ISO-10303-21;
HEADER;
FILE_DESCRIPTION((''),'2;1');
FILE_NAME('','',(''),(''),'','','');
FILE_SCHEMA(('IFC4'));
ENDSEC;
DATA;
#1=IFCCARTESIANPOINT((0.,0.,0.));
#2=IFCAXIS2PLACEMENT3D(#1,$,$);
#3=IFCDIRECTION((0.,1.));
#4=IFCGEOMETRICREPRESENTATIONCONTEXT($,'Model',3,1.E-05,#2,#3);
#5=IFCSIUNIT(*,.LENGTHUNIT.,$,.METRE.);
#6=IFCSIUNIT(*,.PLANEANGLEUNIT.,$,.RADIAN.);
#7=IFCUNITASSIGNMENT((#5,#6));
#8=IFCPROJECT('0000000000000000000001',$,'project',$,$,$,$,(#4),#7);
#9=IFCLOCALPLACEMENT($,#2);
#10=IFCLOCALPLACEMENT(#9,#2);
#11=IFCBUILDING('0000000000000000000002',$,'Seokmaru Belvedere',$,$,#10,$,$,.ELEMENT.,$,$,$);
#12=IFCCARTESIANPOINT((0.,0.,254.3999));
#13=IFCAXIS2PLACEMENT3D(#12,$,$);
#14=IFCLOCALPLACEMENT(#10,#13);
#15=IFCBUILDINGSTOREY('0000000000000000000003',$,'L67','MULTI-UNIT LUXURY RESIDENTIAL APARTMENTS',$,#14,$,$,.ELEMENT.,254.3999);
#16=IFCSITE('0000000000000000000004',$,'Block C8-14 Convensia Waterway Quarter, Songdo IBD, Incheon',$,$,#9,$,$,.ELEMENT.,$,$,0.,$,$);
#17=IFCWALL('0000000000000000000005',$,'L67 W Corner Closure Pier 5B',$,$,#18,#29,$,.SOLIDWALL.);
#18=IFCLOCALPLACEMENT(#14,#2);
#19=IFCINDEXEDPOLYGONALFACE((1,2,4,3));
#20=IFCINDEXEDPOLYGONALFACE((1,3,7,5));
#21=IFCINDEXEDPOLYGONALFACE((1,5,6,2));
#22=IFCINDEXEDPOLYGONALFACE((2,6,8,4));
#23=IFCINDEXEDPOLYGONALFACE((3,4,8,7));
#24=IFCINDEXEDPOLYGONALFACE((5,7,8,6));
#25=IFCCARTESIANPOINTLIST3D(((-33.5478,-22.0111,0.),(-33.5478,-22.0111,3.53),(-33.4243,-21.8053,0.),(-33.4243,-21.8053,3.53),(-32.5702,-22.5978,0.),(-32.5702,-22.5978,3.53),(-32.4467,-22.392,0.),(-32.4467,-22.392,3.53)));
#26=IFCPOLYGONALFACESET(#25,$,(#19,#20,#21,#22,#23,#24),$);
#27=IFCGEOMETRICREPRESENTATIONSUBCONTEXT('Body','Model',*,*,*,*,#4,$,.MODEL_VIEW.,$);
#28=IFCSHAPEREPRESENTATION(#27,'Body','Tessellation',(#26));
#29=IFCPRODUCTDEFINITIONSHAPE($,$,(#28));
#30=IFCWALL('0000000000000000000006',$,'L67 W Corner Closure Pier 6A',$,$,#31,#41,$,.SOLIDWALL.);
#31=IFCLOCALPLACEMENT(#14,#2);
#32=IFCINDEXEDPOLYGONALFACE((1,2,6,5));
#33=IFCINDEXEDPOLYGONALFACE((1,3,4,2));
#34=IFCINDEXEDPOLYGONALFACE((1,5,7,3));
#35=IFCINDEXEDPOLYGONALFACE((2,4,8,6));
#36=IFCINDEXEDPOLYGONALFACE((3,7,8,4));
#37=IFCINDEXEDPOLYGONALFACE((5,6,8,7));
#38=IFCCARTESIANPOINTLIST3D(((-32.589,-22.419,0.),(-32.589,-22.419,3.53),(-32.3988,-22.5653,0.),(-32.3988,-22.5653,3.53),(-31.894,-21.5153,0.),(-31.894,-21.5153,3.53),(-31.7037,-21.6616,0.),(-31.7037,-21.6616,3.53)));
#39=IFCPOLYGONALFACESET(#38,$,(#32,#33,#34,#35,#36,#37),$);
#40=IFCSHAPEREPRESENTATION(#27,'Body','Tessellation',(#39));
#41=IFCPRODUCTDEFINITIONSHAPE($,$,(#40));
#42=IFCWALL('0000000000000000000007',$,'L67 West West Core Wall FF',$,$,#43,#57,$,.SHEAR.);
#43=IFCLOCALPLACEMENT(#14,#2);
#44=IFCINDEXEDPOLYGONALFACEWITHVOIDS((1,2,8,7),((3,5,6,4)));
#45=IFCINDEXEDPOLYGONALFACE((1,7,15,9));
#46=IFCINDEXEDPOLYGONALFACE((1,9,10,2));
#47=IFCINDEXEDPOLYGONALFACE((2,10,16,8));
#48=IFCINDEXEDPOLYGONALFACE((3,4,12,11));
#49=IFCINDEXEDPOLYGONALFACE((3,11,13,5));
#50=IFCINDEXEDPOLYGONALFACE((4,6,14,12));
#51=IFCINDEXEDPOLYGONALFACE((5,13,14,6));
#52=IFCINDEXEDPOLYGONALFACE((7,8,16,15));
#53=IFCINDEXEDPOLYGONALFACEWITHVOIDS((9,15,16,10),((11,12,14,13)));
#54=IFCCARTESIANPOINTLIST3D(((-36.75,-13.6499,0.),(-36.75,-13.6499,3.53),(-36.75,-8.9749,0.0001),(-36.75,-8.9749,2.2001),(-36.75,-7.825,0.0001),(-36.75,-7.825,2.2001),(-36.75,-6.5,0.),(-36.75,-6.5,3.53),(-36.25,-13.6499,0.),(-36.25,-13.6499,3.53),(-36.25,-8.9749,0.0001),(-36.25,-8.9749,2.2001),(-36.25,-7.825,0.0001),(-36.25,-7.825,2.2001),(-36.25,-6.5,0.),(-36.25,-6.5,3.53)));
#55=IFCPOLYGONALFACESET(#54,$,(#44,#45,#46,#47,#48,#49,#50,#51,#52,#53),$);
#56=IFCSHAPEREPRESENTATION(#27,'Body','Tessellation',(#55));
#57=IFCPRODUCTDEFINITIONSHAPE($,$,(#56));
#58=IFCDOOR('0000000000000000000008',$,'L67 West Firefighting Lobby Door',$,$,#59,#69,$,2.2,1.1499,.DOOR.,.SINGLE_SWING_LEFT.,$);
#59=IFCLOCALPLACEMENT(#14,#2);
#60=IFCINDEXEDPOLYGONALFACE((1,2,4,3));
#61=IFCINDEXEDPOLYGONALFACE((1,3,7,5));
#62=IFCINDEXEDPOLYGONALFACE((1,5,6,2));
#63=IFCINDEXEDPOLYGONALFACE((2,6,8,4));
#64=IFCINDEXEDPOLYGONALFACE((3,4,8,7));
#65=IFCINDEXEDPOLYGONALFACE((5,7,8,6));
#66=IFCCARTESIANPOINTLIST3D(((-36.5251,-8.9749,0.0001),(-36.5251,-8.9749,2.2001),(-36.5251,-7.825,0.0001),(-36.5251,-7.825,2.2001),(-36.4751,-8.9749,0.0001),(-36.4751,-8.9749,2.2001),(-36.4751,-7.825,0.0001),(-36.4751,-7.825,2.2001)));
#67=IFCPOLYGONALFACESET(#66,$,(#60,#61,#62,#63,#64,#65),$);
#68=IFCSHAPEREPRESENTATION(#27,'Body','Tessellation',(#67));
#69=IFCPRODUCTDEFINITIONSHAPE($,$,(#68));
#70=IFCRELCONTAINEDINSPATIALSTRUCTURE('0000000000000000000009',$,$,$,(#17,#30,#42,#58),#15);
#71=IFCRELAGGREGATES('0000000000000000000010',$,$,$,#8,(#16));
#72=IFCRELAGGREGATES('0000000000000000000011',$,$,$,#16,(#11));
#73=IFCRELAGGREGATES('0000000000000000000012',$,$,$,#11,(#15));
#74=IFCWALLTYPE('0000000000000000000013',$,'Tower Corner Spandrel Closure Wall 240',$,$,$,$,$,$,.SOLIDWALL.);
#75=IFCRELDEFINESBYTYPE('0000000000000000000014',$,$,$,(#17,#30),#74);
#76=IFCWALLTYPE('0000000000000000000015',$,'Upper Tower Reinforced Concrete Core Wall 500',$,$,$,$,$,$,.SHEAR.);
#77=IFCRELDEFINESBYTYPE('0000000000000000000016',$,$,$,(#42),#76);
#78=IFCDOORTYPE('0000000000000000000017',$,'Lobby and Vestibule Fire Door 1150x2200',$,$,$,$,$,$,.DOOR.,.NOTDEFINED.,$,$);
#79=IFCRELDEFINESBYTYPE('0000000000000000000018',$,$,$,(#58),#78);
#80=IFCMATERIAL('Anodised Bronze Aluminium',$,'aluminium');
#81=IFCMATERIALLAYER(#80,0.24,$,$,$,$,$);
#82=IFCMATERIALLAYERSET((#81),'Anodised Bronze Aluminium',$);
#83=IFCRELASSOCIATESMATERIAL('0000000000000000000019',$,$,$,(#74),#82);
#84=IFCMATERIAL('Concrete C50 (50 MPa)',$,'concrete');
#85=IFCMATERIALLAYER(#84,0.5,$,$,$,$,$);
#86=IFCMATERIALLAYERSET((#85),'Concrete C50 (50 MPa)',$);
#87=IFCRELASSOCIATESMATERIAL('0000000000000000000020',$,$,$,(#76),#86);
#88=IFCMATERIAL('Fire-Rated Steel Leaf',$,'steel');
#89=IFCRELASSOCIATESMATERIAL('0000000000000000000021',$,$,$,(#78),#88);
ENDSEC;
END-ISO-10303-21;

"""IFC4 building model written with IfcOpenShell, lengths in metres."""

from ifc_helpers import new_model, si_unit, direction, frame, frame_2d, origin, place, context, subcontext, project, spatial, rectangle, extrude, source, transform, mapped, material, layer, layer_set, type_object, type_shapes, element, fill, save


model = new_model("IFC4")

# Units and contexts
model_context = context("Model", 3, precision=1e-05, world=origin(), true_north=direction((0.0, 1.0)))
body_context = subcontext(model_context, "Body", "Model", "MODEL_VIEW")
ifc_project = project(units=[si_unit("LENGTHUNIT", "METRE"), si_unit("PLANEANGLEUNIT", "RADIAN")], contexts=[model_context])

# Site, building, storey
site_placement = place(None, origin())
site = spatial("IfcSite", under=ifc_project, at=site_placement, Name="Block C8-14 Convensia Waterway Quarter, Songdo IBD, Incheon", CompositionType="ELEMENT", RefElevation=0.0)
building_placement = place(site_placement, origin())
building = spatial("IfcBuilding", under=site, at=building_placement, Name="Seokmaru Belvedere", CompositionType="ELEMENT")
storey_placement = place(building_placement, frame((0.0, 0.0, 254.3999)))
storey = spatial("IfcBuildingStorey", under=building, at=storey_placement, Name="L67", Description="MULTI-UNIT LUXURY RESIDENTIAL APARTMENTS", CompositionType="ELEMENT", Elevation=254.3999)

# Shared definitions
ifc_material_1 = material(Name="Anodised Bronze Aluminium", Category="aluminium")

# Shared definitions
ifc_material_2 = material(Name="Fire-Rated Steel Leaf", Category="steel")

# Walls
ifc_layer_1 = layer(ifc_material_1, 0.24)
ifc_layer_set_1 = layer_set([ifc_layer_1], Name="Anodised Bronze Aluminium")
wall_type_1 = type_object("IfcWallType", Name="Tower Corner Spandrel Closure Wall 240", PredefinedType="SOLIDWALL", material=ifc_layer_set_1)
for number, where, z_axis, x_axis, name in (
    (1, (-33.4861, -21.9082, 0.0), (0.0, 0.0, 1.0), (0.857436, -0.51459, 0.0), "L67 W Corner Closure Pier 5B"),
    (2, (-32.4939, -22.4922, 0.0), (0.0, 0.0, 1.0), (0.609618, 0.792696, 0.0), "L67 W Corner Closure Pier 6A"),
):
    element("IfcWall", number, at=place(storey_placement, frame(where, z_axis=z_axis, x_axis=x_axis)), inside=storey, type_object=wall_type_1, Name=name, PredefinedType="SOLIDWALL", context=body_context, shape_type="SweptSolid", body=[
        extrude(rectangle(XDim=1.1401, YDim=0.24, at=frame_2d((0.5701, 0.0))), origin(), (0.0, 0.0, 1.0), 3.53),
    ])

# Wall, opening, door
ifc_material_3 = material(Name="Concrete C50 (50 MPa)", Category="concrete")
ifc_layer_2 = layer(ifc_material_3, 0.5)
ifc_layer_set_2 = layer_set([ifc_layer_2], Name="Concrete C50 (50 MPa)")
wall_type_2 = type_object("IfcWallType", Name="Upper Tower Reinforced Concrete Core Wall 500", PredefinedType="SHEAR", material=ifc_layer_set_2)
wall_1_placement = place(storey_placement, frame((-36.5, -13.6499, 0.0), z_axis=(0.0, 0.0, 1.0), x_axis=(0.0, 1.0, 0.0)))
wall_1 = element("IfcWall", 3, at=wall_1_placement, inside=storey, type_object=wall_type_2, Name="L67 West West Core Wall FF", PredefinedType="SHEAR", context=body_context, shape_type="SweptSolid", body=[
    extrude(rectangle(XDim=7.1499, YDim=0.5, at=frame_2d((3.575, 0.0))), origin(), (0.0, 0.0, 1.0), 3.53),
])
opening_1_placement = place(wall_1_placement, frame((4.675, 0.0, 0.0)))
opening_1 = element("IfcOpeningElement", 4, at=opening_1_placement, cuts=wall_1, PredefinedType="OPENING", context=body_context, shape_type="SweptSolid", body=[
    extrude(rectangle(XDim=1.1499, YDim=2.2, at=frame_2d((0.575, 1.1001))), frame((0.0, 0.26, 0.0), z_axis=(0.0, -1.0, 0.0), x_axis=(1.0, 0.0, 0.0)), (0.0, 0.0, 1.0), 0.52),
])
door_type_1 = type_object("IfcDoorType", Name="Lobby and Vestibule Fire Door 1150x2200", OperationType="NOTDEFINED", PredefinedType="DOOR", material=ifc_material_2)
shared_shape_1 = source(origin(), body_context, "Body", "SweptSolid", [
    extrude(rectangle(XDim=1.1499, YDim=2.2, at=frame_2d((0.575, 1.1001))), frame((0.0, 0.0249, 0.0), z_axis=(0.0, -1.0, 0.0), x_axis=(1.0, 0.0, 0.0)), (0.0, 0.0, 1.0), 0.05),
])
type_shapes(door_type_1, [shared_shape_1])
door_1_placement = place(opening_1_placement, frame((1.1499, 0.0, 0.0), z_axis=(0.0, 0.0, 1.0), x_axis=(-1.0, 0.0, 0.0)))
door_1 = element("IfcDoor", 5, at=door_1_placement, inside=storey, type_object=door_type_1, Name="L67 West Firefighting Lobby Door", OperationType="SINGLE_SWING_LEFT", OverallHeight=2.2, OverallWidth=1.1499, PredefinedType="DOOR", context=body_context, shape_type="MappedRepresentation", body=[
    mapped(shared_shape_1, transform((0.0, 0.0, 0.0), scale=1.0)),
])
fill(opening_1, door_1)

save(model, "model.ifc")
